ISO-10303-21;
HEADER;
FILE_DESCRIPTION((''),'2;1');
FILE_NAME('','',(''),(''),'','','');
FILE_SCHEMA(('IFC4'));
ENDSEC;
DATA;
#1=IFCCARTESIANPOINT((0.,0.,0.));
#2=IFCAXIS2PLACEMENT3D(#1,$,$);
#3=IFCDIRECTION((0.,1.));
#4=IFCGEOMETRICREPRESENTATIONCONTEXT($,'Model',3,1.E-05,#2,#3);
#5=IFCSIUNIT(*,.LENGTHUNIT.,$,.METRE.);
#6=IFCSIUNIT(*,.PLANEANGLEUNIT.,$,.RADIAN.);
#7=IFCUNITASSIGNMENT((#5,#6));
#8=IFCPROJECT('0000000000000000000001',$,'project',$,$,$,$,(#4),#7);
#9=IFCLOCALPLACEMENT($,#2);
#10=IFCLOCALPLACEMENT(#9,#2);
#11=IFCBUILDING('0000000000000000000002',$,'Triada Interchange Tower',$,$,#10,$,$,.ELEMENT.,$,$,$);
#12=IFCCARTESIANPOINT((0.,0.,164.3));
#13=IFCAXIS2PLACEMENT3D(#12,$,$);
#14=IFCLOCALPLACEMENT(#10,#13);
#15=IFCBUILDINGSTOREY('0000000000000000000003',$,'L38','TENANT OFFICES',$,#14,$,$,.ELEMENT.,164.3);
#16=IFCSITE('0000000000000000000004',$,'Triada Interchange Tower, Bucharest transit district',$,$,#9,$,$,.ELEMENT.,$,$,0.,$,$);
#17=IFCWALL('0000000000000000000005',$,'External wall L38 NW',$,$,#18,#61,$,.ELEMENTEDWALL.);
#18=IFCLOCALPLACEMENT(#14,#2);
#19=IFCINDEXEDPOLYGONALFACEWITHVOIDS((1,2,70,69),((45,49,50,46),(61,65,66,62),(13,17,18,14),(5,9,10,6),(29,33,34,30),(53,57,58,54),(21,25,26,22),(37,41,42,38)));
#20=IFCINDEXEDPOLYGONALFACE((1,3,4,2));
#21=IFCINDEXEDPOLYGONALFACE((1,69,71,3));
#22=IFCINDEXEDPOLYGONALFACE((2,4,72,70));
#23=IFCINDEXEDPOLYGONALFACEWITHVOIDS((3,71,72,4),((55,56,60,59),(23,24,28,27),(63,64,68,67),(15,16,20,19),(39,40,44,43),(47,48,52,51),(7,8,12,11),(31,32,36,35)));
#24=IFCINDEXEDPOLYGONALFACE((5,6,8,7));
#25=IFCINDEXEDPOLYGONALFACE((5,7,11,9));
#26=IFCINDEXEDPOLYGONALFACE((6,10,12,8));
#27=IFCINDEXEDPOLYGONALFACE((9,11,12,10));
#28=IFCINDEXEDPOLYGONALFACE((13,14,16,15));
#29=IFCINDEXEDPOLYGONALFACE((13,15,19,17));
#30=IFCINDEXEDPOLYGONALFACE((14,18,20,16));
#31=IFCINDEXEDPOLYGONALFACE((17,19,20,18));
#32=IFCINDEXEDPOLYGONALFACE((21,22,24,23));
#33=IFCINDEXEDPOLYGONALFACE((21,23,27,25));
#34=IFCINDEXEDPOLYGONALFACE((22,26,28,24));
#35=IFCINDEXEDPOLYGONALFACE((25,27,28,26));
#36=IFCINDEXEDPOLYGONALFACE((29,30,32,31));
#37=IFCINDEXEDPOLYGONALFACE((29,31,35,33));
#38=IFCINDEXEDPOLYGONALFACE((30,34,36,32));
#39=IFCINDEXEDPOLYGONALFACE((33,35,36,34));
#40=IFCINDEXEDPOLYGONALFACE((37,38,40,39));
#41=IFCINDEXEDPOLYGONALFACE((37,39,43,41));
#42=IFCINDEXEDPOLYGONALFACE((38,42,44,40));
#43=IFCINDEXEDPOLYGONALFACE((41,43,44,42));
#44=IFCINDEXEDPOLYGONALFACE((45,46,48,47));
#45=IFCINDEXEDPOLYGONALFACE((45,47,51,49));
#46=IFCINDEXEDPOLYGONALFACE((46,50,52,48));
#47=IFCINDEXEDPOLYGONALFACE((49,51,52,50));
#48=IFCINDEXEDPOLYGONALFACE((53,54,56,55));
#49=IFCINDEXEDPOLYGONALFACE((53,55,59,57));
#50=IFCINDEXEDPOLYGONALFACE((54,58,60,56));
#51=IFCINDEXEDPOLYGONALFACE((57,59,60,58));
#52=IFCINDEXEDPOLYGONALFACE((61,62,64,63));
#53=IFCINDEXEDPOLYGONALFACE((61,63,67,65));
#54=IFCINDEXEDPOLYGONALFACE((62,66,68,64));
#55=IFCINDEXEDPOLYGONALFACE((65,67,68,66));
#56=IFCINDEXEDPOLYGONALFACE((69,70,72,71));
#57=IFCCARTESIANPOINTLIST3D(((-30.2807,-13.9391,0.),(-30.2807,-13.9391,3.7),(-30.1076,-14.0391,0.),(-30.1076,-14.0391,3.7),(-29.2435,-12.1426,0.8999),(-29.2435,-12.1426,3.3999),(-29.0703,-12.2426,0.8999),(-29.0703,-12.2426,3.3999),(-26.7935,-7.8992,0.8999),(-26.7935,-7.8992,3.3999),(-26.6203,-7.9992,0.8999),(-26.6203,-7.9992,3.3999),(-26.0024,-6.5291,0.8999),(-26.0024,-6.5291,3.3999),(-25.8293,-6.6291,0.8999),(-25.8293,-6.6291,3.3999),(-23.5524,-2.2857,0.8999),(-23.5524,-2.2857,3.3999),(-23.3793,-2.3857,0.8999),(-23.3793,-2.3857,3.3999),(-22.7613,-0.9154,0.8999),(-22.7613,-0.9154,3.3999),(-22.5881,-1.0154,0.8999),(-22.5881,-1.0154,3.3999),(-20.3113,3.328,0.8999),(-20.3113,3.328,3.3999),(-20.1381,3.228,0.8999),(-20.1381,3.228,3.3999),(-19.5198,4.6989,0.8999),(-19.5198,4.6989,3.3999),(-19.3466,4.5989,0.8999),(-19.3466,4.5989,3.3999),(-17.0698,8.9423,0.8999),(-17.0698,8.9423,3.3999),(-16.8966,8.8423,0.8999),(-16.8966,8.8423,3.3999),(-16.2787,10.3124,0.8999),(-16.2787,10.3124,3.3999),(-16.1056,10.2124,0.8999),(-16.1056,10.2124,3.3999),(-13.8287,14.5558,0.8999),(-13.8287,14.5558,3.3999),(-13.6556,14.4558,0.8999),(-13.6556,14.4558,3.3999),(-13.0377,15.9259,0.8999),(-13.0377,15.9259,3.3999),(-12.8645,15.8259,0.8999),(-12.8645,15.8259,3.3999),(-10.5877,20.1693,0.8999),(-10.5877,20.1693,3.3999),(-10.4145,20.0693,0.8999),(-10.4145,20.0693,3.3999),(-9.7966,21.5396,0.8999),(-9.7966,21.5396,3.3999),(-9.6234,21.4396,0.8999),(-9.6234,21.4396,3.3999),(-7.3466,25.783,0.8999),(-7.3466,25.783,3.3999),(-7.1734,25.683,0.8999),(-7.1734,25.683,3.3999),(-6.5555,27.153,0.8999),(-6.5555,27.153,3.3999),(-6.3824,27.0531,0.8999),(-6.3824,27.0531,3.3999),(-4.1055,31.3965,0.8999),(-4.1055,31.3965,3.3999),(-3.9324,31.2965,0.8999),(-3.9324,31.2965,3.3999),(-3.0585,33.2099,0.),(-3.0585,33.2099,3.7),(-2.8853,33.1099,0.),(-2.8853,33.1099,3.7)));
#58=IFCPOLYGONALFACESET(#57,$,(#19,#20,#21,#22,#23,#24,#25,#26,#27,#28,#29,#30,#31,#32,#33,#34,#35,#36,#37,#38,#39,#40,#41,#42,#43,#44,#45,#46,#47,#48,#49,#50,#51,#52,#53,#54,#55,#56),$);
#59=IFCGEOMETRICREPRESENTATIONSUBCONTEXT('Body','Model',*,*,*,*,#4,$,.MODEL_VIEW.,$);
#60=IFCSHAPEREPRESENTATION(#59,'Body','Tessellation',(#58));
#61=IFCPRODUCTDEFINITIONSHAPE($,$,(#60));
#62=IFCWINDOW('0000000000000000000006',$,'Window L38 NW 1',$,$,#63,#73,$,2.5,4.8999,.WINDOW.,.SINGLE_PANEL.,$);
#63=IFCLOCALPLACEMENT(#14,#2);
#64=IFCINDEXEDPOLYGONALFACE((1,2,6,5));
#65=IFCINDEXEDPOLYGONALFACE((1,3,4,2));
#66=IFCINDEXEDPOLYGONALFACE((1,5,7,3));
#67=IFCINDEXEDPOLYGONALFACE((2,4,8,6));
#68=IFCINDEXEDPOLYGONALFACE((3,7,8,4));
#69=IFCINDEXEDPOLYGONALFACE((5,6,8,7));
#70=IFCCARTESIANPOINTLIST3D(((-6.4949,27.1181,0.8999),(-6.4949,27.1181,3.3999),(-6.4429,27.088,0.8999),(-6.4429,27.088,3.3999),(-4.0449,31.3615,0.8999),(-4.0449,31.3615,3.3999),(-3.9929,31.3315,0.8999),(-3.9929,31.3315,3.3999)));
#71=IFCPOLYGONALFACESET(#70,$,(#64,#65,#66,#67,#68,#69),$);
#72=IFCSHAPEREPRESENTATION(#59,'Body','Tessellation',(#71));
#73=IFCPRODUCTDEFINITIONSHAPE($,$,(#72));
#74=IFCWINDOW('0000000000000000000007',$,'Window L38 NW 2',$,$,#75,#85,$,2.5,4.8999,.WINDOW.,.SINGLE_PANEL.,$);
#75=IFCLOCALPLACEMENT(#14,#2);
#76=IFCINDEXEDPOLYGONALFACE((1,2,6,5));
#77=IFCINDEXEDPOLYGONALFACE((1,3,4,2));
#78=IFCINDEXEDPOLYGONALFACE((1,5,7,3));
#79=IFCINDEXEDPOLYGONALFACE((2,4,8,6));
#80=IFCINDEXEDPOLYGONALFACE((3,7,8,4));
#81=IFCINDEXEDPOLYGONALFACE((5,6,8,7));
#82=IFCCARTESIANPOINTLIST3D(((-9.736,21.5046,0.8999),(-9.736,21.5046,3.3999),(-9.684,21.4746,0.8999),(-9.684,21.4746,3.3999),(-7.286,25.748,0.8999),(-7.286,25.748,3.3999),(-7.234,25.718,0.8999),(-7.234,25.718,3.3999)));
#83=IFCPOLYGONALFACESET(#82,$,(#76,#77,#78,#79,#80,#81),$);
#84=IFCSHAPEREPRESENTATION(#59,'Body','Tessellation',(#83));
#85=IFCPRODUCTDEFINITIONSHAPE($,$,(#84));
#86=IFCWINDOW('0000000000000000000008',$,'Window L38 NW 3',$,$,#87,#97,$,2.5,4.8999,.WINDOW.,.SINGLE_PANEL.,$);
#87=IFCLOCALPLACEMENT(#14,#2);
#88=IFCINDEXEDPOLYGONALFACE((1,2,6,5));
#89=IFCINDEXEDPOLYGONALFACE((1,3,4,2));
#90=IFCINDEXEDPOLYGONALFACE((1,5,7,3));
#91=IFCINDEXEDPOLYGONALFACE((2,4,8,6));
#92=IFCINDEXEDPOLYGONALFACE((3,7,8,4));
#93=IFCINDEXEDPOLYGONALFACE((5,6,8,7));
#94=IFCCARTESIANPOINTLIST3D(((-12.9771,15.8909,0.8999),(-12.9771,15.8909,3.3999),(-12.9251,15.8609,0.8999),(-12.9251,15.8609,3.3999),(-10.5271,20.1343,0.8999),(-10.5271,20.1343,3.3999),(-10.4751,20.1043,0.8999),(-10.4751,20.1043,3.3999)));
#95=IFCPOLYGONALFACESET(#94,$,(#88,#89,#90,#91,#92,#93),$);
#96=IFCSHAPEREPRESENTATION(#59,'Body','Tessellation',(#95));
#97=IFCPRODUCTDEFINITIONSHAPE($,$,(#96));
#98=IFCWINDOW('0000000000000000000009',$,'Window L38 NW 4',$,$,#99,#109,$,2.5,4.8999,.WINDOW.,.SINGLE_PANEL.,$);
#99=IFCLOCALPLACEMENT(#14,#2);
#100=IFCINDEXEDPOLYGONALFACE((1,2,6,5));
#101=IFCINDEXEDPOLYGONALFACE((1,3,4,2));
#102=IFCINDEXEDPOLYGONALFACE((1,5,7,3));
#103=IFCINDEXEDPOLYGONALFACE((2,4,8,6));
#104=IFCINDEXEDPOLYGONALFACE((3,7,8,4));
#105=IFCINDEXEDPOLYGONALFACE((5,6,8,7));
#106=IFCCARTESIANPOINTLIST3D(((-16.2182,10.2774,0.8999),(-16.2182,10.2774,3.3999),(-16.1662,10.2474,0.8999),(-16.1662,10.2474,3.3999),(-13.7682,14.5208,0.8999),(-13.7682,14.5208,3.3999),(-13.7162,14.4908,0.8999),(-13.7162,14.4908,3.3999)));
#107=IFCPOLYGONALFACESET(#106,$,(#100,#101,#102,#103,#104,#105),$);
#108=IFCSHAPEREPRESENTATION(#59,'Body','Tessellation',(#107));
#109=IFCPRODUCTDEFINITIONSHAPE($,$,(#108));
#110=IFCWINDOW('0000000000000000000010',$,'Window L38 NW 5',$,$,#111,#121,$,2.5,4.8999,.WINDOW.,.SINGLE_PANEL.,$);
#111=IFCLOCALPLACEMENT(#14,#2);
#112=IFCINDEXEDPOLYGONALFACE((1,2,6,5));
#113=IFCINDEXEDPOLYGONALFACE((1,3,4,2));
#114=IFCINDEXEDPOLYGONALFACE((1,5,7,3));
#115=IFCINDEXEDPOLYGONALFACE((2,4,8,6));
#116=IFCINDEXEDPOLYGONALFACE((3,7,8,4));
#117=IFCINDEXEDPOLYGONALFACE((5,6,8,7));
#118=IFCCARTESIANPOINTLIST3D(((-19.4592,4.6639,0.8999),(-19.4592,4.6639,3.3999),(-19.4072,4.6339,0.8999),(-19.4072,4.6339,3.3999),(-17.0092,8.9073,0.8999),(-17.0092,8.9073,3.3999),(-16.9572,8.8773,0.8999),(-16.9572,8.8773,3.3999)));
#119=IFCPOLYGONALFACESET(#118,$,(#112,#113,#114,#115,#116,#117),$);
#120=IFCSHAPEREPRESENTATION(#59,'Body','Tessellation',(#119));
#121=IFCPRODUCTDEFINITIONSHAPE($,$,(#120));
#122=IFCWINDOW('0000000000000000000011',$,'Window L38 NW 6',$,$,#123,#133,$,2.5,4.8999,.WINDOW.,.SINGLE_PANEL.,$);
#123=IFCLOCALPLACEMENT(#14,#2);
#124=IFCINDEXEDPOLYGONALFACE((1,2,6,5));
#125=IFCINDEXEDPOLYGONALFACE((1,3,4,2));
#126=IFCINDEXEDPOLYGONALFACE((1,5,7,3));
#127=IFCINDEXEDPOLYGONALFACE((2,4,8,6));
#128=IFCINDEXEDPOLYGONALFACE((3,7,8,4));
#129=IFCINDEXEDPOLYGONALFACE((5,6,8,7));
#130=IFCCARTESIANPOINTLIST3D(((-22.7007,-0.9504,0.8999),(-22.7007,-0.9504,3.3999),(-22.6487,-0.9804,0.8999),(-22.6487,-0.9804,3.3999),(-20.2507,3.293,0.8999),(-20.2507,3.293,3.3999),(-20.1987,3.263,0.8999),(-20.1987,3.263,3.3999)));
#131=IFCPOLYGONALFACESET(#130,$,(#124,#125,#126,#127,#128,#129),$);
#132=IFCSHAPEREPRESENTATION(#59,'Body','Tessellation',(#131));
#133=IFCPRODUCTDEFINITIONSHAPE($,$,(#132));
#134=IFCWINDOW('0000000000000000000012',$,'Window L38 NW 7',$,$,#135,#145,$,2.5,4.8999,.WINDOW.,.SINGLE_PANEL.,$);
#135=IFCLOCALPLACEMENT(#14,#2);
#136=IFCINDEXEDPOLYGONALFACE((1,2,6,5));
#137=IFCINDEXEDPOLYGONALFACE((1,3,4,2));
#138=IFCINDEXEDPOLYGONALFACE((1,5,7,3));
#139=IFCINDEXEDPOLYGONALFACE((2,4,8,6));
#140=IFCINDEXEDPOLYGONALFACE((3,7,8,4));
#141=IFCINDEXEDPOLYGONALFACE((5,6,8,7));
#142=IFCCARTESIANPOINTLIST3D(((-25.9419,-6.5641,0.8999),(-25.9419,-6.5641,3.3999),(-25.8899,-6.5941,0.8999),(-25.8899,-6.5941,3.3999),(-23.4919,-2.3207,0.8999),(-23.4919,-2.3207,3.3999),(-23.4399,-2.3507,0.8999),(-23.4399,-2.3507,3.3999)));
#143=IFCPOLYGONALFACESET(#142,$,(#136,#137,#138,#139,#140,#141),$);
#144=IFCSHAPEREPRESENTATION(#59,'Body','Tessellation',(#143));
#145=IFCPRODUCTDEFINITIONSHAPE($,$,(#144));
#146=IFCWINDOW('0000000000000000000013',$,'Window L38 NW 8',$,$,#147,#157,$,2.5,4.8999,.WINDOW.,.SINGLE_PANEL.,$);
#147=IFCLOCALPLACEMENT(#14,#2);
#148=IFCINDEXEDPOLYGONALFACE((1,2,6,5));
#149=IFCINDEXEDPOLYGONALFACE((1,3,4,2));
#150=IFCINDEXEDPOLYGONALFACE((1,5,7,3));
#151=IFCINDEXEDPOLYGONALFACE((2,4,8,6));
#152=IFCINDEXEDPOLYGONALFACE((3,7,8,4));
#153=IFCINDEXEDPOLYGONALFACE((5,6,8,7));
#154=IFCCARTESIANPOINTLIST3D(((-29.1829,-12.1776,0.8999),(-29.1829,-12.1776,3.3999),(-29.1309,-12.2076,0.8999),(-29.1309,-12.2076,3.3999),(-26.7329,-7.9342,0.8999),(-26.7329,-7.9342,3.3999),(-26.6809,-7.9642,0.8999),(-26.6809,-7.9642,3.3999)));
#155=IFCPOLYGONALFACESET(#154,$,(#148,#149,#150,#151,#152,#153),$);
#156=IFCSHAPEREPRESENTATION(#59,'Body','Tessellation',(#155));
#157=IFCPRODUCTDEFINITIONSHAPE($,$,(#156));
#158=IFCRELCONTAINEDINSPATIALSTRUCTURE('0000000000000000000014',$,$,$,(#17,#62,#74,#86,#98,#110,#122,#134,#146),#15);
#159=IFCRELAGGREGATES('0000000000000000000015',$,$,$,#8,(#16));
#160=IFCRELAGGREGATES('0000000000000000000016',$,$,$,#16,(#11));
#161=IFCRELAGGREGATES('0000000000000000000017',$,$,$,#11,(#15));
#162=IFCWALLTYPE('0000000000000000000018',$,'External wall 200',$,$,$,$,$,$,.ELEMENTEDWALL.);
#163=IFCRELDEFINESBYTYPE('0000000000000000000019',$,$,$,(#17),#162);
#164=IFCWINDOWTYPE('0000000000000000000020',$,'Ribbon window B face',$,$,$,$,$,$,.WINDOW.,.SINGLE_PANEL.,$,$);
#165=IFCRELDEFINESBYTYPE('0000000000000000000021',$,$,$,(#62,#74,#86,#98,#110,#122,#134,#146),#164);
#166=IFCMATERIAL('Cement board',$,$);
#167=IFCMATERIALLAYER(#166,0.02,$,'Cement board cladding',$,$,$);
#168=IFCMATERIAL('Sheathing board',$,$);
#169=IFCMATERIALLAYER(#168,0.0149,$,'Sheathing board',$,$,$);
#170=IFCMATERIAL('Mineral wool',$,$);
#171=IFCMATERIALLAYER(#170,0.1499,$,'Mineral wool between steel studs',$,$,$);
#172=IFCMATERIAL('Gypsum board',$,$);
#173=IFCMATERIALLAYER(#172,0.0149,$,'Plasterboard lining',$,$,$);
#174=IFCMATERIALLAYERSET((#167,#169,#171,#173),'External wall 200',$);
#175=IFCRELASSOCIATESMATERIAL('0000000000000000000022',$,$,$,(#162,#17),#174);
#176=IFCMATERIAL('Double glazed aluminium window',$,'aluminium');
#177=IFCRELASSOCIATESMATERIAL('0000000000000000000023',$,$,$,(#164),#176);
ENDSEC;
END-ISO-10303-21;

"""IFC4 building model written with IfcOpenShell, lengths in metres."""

from ifc_helpers import new_model, si_unit, direction, frame, frame_2d, origin, place, context, subcontext, project, spatial, rectangle, extrude, material, layer, layer_set, layer_usage, type_object, element, fill, save


model = new_model("IFC4")

# Units and contexts
model_context = context("Model", 3, precision=1e-05, world=origin(), true_north=direction((0.0, 1.0)))
body_context = subcontext(model_context, "Body", "Model", "MODEL_VIEW")
ifc_project = project(units=[si_unit("LENGTHUNIT", "METRE"), si_unit("PLANEANGLEUNIT", "RADIAN")], contexts=[model_context])

# Site, building, storey
site_placement = place(None, origin())
site = spatial("IfcSite", under=ifc_project, at=site_placement, Name="Triada Interchange Tower, Bucharest transit district", CompositionType="ELEMENT", RefElevation=0.0)
building_placement = place(site_placement, origin())
building = spatial("IfcBuilding", under=site, at=building_placement, Name="Triada Interchange Tower", CompositionType="ELEMENT")
storey_placement = place(building_placement, frame((0.0, 0.0, 164.3)))
storey = spatial("IfcBuildingStorey", under=building, at=storey_placement, Name="L38", Description="TENANT OFFICES", CompositionType="ELEMENT", Elevation=164.3)

# Wall, openings, windows
ifc_material_1 = material(Name="Cement board")
ifc_layer_1 = layer(ifc_material_1, 0.02, Name="Cement board cladding")
ifc_material_2 = material(Name="Sheathing board")
ifc_layer_2 = layer(ifc_material_2, 0.0149, Name="Sheathing board")
ifc_material_3 = material(Name="Mineral wool")
ifc_layer_3 = layer(ifc_material_3, 0.1499, Name="Mineral wool between steel studs")
ifc_material_4 = material(Name="Gypsum board")
ifc_layer_4 = layer(ifc_material_4, 0.0149, Name="Plasterboard lining")
ifc_layer_set_1 = layer_set([ifc_layer_1, ifc_layer_2, ifc_layer_3, ifc_layer_4], Name="External wall 200")
ifc_layer_usage = layer_usage(ifc_layer_set_1, "AXIS2", "POSITIVE", -0.1001)
wall_type_1 = type_object("IfcWallType", Name="External wall 200", PredefinedType="ELEMENTEDWALL", material=ifc_layer_set_1)
wall_1_placement = place(storey_placement, frame((-2.9719, 33.1599, 0.0), z_axis=(0.0, 0.0, 1.0), x_axis=(-0.50001, -0.86602, 0.0)))
wall_1 = element("IfcWall", 1, at=wall_1_placement, inside=storey, type_object=wall_type_1, material=ifc_layer_usage, Name="External wall L38 NW", PredefinedType="ELEMENTEDWALL", context=body_context, shape_type="SweptSolid", body=[
    extrude(rectangle(XDim=54.4434, YDim=0.2, at=frame_2d((27.2217, 0.0))), origin(), (0.0, 0.0, 1.0), 3.7),
])
opening_1_placement = place(wall_1_placement, frame((2.094, 0.0, 0.8999)))
opening_1 = element("IfcOpeningElement", 2, at=opening_1_placement, cuts=wall_1, PredefinedType="OPENING", context=body_context, shape_type="SweptSolid", body=[
    extrude(rectangle(XDim=4.8999, YDim=2.5, at=frame_2d((2.45, 1.25))), frame((0.0, 0.1099, 0.0), z_axis=(0.0, -1.0, 0.0), x_axis=(1.0, 0.0, 0.0)), (0.0, 0.0, 1.0), 0.22),
])
opening_2_placement = place(wall_1_placement, frame((8.5759, 0.0, 0.8999)))
opening_2 = element("IfcOpeningElement", 3, at=opening_2_placement, cuts=wall_1, PredefinedType="OPENING", context=body_context, shape_type="SweptSolid", body=[
    extrude(rectangle(XDim=4.8999, YDim=2.5, at=frame_2d((2.45, 1.25))), frame((0.0, 0.1099, 0.0), z_axis=(0.0, -1.0, 0.0), x_axis=(1.0, 0.0, 0.0)), (0.0, 0.0, 1.0), 0.22),
])
opening_3_placement = place(wall_1_placement, frame((15.0581, 0.0, 0.8999)))
opening_3 = element("IfcOpeningElement", 4, at=opening_3_placement, cuts=wall_1, PredefinedType="OPENING", context=body_context, shape_type="SweptSolid", body=[
    extrude(rectangle(XDim=4.8999, YDim=2.5, at=frame_2d((2.45, 1.25))), frame((0.0, 0.1099, 0.0), z_axis=(0.0, -1.0, 0.0), x_axis=(1.0, 0.0, 0.0)), (0.0, 0.0, 1.0), 0.22),
])
opening_4_placement = place(wall_1_placement, frame((21.54, 0.0, 0.8999)))
opening_4 = element("IfcOpeningElement", 5, at=opening_4_placement, cuts=wall_1, PredefinedType="OPENING", context=body_context, shape_type="SweptSolid", body=[
    extrude(rectangle(XDim=4.8999, YDim=2.5, at=frame_2d((2.45, 1.25))), frame((0.0, 0.1099, 0.0), z_axis=(0.0, -1.0, 0.0), x_axis=(1.0, 0.0, 0.0)), (0.0, 0.0, 1.0), 0.22),
])
opening_5_placement = place(wall_1_placement, frame((28.022, 0.0, 0.8999)))
opening_5 = element("IfcOpeningElement", 6, at=opening_5_placement, cuts=wall_1, PredefinedType="OPENING", context=body_context, shape_type="SweptSolid", body=[
    extrude(rectangle(XDim=4.8999, YDim=2.5, at=frame_2d((2.45, 1.25))), frame((0.0, 0.1099, 0.0), z_axis=(0.0, -1.0, 0.0), x_axis=(1.0, 0.0, 0.0)), (0.0, 0.0, 1.0), 0.22),
])
opening_6_placement = place(wall_1_placement, frame((34.5049, 0.0, 0.8999)))
opening_6 = element("IfcOpeningElement", 7, at=opening_6_placement, cuts=wall_1, PredefinedType="OPENING", context=body_context, shape_type="SweptSolid", body=[
    extrude(rectangle(XDim=4.8999, YDim=2.5, at=frame_2d((2.45, 1.25))), frame((0.0, 0.1099, 0.0), z_axis=(0.0, -1.0, 0.0), x_axis=(1.0, 0.0, 0.0)), (0.0, 0.0, 1.0), 0.22),
])
opening_7_placement = place(wall_1_placement, frame((40.9871, 0.0, 0.8999)))
opening_7 = element("IfcOpeningElement", 8, at=opening_7_placement, cuts=wall_1, PredefinedType="OPENING", context=body_context, shape_type="SweptSolid", body=[
    extrude(rectangle(XDim=4.8999, YDim=2.5, at=frame_2d((2.45, 1.25))), frame((0.0, 0.1099, 0.0), z_axis=(0.0, -1.0, 0.0), x_axis=(1.0, 0.0, 0.0)), (0.0, 0.0, 1.0), 0.22),
])
opening_8_placement = place(wall_1_placement, frame((47.469, 0.0, 0.8999)))
opening_8 = element("IfcOpeningElement", 9, at=opening_8_placement, cuts=wall_1, PredefinedType="OPENING", context=body_context, shape_type="SweptSolid", body=[
    extrude(rectangle(XDim=4.8999, YDim=2.5, at=frame_2d((2.45, 1.25))), frame((0.0, 0.1099, 0.0), z_axis=(0.0, -1.0, 0.0), x_axis=(1.0, 0.0, 0.0)), (0.0, 0.0, 1.0), 0.22),
])
ifc_material_5 = material(Name="Double glazed aluminium window", Category="aluminium")
window_type = type_object("IfcWindowType", Name="Ribbon window B face", PartitioningType="SINGLE_PANEL", PredefinedType="WINDOW", material=ifc_material_5)
window_1_placement = place(opening_1_placement, origin())
window_1 = element("IfcWindow", 10, at=window_1_placement, inside=storey, type_object=window_type, Name="Window L38 NW 1", OverallHeight=2.5, OverallWidth=4.8999, PartitioningType="SINGLE_PANEL", PredefinedType="WINDOW", context=body_context, shape_type="SweptSolid", body=[
    extrude(rectangle(XDim=4.8999, YDim=2.5, at=frame_2d((2.45, 1.25))), frame((0.0, 0.03, 0.0), z_axis=(0.0, -1.0, 0.0), x_axis=(1.0, 0.0, 0.0)), (0.0, 0.0, 1.0), 0.0601),
])
fill(opening_1, window_1)
window_2_placement = place(opening_2_placement, origin())
window_2 = element("IfcWindow", 11, at=window_2_placement, inside=storey, type_object=window_type, Name="Window L38 NW 2", OverallHeight=2.5, OverallWidth=4.8999, PartitioningType="SINGLE_PANEL", PredefinedType="WINDOW", context=body_context, shape_type="SweptSolid", body=[
    extrude(rectangle(XDim=4.8999, YDim=2.5, at=frame_2d((2.45, 1.25))), frame((0.0, 0.03, 0.0), z_axis=(0.0, -1.0, 0.0), x_axis=(1.0, 0.0, 0.0)), (0.0, 0.0, 1.0), 0.0601),
])
fill(opening_2, window_2)
window_3_placement = place(opening_3_placement, origin())
window_3 = element("IfcWindow", 12, at=window_3_placement, inside=storey, type_object=window_type, Name="Window L38 NW 3", OverallHeight=2.5, OverallWidth=4.8999, PartitioningType="SINGLE_PANEL", PredefinedType="WINDOW", context=body_context, shape_type="SweptSolid", body=[
    extrude(rectangle(XDim=4.8999, YDim=2.5, at=frame_2d((2.45, 1.25))), frame((0.0, 0.03, 0.0), z_axis=(0.0, -1.0, 0.0), x_axis=(1.0, 0.0, 0.0)), (0.0, 0.0, 1.0), 0.0601),
])
fill(opening_3, window_3)
window_4_placement = place(opening_4_placement, origin())
window_4 = element("IfcWindow", 13, at=window_4_placement, inside=storey, type_object=window_type, Name="Window L38 NW 4", OverallHeight=2.5, OverallWidth=4.8999, PartitioningType="SINGLE_PANEL", PredefinedType="WINDOW", context=body_context, shape_type="SweptSolid", body=[
    extrude(rectangle(XDim=4.8999, YDim=2.5, at=frame_2d((2.45, 1.25))), frame((0.0, 0.03, 0.0), z_axis=(0.0, -1.0, 0.0), x_axis=(1.0, 0.0, 0.0)), (0.0, 0.0, 1.0), 0.0601),
])
fill(opening_4, window_4)
window_5_placement = place(opening_5_placement, origin())
window_5 = element("IfcWindow", 14, at=window_5_placement, inside=storey, type_object=window_type, Name="Window L38 NW 5", OverallHeight=2.5, OverallWidth=4.8999, PartitioningType="SINGLE_PANEL", PredefinedType="WINDOW", context=body_context, shape_type="SweptSolid", body=[
    extrude(rectangle(XDim=4.8999, YDim=2.5, at=frame_2d((2.45, 1.25))), frame((0.0, 0.03, 0.0), z_axis=(0.0, -1.0, 0.0), x_axis=(1.0, 0.0, 0.0)), (0.0, 0.0, 1.0), 0.0601),
])
fill(opening_5, window_5)
window_6_placement = place(opening_6_placement, origin())
window_6 = element("IfcWindow", 15, at=window_6_placement, inside=storey, type_object=window_type, Name="Window L38 NW 6", OverallHeight=2.5, OverallWidth=4.8999, PartitioningType="SINGLE_PANEL", PredefinedType="WINDOW", context=body_context, shape_type="SweptSolid", body=[
    extrude(rectangle(XDim=4.8999, YDim=2.5, at=frame_2d((2.45, 1.25))), frame((0.0, 0.03, 0.0), z_axis=(0.0, -1.0, 0.0), x_axis=(1.0, 0.0, 0.0)), (0.0, 0.0, 1.0), 0.0601),
])
fill(opening_6, window_6)
window_7_placement = place(opening_7_placement, origin())
window_7 = element("IfcWindow", 16, at=window_7_placement, inside=storey, type_object=window_type, Name="Window L38 NW 7", OverallHeight=2.5, OverallWidth=4.8999, PartitioningType="SINGLE_PANEL", PredefinedType="WINDOW", context=body_context, shape_type="SweptSolid", body=[
    extrude(rectangle(XDim=4.8999, YDim=2.5, at=frame_2d((2.45, 1.25))), frame((0.0, 0.03, 0.0), z_axis=(0.0, -1.0, 0.0), x_axis=(1.0, 0.0, 0.0)), (0.0, 0.0, 1.0), 0.0601),
])
fill(opening_7, window_7)
window_8_placement = place(opening_8_placement, origin())
window_8 = element("IfcWindow", 17, at=window_8_placement, inside=storey, type_object=window_type, Name="Window L38 NW 8", OverallHeight=2.5, OverallWidth=4.8999, PartitioningType="SINGLE_PANEL", PredefinedType="WINDOW", context=body_context, shape_type="SweptSolid", body=[
    extrude(rectangle(XDim=4.8999, YDim=2.5, at=frame_2d((2.45, 1.25))), frame((0.0, 0.03, 0.0), z_axis=(0.0, -1.0, 0.0), x_axis=(1.0, 0.0, 0.0)), (0.0, 0.0, 1.0), 0.0601),
])
fill(opening_8, window_8)

save(model, "model.ifc")
